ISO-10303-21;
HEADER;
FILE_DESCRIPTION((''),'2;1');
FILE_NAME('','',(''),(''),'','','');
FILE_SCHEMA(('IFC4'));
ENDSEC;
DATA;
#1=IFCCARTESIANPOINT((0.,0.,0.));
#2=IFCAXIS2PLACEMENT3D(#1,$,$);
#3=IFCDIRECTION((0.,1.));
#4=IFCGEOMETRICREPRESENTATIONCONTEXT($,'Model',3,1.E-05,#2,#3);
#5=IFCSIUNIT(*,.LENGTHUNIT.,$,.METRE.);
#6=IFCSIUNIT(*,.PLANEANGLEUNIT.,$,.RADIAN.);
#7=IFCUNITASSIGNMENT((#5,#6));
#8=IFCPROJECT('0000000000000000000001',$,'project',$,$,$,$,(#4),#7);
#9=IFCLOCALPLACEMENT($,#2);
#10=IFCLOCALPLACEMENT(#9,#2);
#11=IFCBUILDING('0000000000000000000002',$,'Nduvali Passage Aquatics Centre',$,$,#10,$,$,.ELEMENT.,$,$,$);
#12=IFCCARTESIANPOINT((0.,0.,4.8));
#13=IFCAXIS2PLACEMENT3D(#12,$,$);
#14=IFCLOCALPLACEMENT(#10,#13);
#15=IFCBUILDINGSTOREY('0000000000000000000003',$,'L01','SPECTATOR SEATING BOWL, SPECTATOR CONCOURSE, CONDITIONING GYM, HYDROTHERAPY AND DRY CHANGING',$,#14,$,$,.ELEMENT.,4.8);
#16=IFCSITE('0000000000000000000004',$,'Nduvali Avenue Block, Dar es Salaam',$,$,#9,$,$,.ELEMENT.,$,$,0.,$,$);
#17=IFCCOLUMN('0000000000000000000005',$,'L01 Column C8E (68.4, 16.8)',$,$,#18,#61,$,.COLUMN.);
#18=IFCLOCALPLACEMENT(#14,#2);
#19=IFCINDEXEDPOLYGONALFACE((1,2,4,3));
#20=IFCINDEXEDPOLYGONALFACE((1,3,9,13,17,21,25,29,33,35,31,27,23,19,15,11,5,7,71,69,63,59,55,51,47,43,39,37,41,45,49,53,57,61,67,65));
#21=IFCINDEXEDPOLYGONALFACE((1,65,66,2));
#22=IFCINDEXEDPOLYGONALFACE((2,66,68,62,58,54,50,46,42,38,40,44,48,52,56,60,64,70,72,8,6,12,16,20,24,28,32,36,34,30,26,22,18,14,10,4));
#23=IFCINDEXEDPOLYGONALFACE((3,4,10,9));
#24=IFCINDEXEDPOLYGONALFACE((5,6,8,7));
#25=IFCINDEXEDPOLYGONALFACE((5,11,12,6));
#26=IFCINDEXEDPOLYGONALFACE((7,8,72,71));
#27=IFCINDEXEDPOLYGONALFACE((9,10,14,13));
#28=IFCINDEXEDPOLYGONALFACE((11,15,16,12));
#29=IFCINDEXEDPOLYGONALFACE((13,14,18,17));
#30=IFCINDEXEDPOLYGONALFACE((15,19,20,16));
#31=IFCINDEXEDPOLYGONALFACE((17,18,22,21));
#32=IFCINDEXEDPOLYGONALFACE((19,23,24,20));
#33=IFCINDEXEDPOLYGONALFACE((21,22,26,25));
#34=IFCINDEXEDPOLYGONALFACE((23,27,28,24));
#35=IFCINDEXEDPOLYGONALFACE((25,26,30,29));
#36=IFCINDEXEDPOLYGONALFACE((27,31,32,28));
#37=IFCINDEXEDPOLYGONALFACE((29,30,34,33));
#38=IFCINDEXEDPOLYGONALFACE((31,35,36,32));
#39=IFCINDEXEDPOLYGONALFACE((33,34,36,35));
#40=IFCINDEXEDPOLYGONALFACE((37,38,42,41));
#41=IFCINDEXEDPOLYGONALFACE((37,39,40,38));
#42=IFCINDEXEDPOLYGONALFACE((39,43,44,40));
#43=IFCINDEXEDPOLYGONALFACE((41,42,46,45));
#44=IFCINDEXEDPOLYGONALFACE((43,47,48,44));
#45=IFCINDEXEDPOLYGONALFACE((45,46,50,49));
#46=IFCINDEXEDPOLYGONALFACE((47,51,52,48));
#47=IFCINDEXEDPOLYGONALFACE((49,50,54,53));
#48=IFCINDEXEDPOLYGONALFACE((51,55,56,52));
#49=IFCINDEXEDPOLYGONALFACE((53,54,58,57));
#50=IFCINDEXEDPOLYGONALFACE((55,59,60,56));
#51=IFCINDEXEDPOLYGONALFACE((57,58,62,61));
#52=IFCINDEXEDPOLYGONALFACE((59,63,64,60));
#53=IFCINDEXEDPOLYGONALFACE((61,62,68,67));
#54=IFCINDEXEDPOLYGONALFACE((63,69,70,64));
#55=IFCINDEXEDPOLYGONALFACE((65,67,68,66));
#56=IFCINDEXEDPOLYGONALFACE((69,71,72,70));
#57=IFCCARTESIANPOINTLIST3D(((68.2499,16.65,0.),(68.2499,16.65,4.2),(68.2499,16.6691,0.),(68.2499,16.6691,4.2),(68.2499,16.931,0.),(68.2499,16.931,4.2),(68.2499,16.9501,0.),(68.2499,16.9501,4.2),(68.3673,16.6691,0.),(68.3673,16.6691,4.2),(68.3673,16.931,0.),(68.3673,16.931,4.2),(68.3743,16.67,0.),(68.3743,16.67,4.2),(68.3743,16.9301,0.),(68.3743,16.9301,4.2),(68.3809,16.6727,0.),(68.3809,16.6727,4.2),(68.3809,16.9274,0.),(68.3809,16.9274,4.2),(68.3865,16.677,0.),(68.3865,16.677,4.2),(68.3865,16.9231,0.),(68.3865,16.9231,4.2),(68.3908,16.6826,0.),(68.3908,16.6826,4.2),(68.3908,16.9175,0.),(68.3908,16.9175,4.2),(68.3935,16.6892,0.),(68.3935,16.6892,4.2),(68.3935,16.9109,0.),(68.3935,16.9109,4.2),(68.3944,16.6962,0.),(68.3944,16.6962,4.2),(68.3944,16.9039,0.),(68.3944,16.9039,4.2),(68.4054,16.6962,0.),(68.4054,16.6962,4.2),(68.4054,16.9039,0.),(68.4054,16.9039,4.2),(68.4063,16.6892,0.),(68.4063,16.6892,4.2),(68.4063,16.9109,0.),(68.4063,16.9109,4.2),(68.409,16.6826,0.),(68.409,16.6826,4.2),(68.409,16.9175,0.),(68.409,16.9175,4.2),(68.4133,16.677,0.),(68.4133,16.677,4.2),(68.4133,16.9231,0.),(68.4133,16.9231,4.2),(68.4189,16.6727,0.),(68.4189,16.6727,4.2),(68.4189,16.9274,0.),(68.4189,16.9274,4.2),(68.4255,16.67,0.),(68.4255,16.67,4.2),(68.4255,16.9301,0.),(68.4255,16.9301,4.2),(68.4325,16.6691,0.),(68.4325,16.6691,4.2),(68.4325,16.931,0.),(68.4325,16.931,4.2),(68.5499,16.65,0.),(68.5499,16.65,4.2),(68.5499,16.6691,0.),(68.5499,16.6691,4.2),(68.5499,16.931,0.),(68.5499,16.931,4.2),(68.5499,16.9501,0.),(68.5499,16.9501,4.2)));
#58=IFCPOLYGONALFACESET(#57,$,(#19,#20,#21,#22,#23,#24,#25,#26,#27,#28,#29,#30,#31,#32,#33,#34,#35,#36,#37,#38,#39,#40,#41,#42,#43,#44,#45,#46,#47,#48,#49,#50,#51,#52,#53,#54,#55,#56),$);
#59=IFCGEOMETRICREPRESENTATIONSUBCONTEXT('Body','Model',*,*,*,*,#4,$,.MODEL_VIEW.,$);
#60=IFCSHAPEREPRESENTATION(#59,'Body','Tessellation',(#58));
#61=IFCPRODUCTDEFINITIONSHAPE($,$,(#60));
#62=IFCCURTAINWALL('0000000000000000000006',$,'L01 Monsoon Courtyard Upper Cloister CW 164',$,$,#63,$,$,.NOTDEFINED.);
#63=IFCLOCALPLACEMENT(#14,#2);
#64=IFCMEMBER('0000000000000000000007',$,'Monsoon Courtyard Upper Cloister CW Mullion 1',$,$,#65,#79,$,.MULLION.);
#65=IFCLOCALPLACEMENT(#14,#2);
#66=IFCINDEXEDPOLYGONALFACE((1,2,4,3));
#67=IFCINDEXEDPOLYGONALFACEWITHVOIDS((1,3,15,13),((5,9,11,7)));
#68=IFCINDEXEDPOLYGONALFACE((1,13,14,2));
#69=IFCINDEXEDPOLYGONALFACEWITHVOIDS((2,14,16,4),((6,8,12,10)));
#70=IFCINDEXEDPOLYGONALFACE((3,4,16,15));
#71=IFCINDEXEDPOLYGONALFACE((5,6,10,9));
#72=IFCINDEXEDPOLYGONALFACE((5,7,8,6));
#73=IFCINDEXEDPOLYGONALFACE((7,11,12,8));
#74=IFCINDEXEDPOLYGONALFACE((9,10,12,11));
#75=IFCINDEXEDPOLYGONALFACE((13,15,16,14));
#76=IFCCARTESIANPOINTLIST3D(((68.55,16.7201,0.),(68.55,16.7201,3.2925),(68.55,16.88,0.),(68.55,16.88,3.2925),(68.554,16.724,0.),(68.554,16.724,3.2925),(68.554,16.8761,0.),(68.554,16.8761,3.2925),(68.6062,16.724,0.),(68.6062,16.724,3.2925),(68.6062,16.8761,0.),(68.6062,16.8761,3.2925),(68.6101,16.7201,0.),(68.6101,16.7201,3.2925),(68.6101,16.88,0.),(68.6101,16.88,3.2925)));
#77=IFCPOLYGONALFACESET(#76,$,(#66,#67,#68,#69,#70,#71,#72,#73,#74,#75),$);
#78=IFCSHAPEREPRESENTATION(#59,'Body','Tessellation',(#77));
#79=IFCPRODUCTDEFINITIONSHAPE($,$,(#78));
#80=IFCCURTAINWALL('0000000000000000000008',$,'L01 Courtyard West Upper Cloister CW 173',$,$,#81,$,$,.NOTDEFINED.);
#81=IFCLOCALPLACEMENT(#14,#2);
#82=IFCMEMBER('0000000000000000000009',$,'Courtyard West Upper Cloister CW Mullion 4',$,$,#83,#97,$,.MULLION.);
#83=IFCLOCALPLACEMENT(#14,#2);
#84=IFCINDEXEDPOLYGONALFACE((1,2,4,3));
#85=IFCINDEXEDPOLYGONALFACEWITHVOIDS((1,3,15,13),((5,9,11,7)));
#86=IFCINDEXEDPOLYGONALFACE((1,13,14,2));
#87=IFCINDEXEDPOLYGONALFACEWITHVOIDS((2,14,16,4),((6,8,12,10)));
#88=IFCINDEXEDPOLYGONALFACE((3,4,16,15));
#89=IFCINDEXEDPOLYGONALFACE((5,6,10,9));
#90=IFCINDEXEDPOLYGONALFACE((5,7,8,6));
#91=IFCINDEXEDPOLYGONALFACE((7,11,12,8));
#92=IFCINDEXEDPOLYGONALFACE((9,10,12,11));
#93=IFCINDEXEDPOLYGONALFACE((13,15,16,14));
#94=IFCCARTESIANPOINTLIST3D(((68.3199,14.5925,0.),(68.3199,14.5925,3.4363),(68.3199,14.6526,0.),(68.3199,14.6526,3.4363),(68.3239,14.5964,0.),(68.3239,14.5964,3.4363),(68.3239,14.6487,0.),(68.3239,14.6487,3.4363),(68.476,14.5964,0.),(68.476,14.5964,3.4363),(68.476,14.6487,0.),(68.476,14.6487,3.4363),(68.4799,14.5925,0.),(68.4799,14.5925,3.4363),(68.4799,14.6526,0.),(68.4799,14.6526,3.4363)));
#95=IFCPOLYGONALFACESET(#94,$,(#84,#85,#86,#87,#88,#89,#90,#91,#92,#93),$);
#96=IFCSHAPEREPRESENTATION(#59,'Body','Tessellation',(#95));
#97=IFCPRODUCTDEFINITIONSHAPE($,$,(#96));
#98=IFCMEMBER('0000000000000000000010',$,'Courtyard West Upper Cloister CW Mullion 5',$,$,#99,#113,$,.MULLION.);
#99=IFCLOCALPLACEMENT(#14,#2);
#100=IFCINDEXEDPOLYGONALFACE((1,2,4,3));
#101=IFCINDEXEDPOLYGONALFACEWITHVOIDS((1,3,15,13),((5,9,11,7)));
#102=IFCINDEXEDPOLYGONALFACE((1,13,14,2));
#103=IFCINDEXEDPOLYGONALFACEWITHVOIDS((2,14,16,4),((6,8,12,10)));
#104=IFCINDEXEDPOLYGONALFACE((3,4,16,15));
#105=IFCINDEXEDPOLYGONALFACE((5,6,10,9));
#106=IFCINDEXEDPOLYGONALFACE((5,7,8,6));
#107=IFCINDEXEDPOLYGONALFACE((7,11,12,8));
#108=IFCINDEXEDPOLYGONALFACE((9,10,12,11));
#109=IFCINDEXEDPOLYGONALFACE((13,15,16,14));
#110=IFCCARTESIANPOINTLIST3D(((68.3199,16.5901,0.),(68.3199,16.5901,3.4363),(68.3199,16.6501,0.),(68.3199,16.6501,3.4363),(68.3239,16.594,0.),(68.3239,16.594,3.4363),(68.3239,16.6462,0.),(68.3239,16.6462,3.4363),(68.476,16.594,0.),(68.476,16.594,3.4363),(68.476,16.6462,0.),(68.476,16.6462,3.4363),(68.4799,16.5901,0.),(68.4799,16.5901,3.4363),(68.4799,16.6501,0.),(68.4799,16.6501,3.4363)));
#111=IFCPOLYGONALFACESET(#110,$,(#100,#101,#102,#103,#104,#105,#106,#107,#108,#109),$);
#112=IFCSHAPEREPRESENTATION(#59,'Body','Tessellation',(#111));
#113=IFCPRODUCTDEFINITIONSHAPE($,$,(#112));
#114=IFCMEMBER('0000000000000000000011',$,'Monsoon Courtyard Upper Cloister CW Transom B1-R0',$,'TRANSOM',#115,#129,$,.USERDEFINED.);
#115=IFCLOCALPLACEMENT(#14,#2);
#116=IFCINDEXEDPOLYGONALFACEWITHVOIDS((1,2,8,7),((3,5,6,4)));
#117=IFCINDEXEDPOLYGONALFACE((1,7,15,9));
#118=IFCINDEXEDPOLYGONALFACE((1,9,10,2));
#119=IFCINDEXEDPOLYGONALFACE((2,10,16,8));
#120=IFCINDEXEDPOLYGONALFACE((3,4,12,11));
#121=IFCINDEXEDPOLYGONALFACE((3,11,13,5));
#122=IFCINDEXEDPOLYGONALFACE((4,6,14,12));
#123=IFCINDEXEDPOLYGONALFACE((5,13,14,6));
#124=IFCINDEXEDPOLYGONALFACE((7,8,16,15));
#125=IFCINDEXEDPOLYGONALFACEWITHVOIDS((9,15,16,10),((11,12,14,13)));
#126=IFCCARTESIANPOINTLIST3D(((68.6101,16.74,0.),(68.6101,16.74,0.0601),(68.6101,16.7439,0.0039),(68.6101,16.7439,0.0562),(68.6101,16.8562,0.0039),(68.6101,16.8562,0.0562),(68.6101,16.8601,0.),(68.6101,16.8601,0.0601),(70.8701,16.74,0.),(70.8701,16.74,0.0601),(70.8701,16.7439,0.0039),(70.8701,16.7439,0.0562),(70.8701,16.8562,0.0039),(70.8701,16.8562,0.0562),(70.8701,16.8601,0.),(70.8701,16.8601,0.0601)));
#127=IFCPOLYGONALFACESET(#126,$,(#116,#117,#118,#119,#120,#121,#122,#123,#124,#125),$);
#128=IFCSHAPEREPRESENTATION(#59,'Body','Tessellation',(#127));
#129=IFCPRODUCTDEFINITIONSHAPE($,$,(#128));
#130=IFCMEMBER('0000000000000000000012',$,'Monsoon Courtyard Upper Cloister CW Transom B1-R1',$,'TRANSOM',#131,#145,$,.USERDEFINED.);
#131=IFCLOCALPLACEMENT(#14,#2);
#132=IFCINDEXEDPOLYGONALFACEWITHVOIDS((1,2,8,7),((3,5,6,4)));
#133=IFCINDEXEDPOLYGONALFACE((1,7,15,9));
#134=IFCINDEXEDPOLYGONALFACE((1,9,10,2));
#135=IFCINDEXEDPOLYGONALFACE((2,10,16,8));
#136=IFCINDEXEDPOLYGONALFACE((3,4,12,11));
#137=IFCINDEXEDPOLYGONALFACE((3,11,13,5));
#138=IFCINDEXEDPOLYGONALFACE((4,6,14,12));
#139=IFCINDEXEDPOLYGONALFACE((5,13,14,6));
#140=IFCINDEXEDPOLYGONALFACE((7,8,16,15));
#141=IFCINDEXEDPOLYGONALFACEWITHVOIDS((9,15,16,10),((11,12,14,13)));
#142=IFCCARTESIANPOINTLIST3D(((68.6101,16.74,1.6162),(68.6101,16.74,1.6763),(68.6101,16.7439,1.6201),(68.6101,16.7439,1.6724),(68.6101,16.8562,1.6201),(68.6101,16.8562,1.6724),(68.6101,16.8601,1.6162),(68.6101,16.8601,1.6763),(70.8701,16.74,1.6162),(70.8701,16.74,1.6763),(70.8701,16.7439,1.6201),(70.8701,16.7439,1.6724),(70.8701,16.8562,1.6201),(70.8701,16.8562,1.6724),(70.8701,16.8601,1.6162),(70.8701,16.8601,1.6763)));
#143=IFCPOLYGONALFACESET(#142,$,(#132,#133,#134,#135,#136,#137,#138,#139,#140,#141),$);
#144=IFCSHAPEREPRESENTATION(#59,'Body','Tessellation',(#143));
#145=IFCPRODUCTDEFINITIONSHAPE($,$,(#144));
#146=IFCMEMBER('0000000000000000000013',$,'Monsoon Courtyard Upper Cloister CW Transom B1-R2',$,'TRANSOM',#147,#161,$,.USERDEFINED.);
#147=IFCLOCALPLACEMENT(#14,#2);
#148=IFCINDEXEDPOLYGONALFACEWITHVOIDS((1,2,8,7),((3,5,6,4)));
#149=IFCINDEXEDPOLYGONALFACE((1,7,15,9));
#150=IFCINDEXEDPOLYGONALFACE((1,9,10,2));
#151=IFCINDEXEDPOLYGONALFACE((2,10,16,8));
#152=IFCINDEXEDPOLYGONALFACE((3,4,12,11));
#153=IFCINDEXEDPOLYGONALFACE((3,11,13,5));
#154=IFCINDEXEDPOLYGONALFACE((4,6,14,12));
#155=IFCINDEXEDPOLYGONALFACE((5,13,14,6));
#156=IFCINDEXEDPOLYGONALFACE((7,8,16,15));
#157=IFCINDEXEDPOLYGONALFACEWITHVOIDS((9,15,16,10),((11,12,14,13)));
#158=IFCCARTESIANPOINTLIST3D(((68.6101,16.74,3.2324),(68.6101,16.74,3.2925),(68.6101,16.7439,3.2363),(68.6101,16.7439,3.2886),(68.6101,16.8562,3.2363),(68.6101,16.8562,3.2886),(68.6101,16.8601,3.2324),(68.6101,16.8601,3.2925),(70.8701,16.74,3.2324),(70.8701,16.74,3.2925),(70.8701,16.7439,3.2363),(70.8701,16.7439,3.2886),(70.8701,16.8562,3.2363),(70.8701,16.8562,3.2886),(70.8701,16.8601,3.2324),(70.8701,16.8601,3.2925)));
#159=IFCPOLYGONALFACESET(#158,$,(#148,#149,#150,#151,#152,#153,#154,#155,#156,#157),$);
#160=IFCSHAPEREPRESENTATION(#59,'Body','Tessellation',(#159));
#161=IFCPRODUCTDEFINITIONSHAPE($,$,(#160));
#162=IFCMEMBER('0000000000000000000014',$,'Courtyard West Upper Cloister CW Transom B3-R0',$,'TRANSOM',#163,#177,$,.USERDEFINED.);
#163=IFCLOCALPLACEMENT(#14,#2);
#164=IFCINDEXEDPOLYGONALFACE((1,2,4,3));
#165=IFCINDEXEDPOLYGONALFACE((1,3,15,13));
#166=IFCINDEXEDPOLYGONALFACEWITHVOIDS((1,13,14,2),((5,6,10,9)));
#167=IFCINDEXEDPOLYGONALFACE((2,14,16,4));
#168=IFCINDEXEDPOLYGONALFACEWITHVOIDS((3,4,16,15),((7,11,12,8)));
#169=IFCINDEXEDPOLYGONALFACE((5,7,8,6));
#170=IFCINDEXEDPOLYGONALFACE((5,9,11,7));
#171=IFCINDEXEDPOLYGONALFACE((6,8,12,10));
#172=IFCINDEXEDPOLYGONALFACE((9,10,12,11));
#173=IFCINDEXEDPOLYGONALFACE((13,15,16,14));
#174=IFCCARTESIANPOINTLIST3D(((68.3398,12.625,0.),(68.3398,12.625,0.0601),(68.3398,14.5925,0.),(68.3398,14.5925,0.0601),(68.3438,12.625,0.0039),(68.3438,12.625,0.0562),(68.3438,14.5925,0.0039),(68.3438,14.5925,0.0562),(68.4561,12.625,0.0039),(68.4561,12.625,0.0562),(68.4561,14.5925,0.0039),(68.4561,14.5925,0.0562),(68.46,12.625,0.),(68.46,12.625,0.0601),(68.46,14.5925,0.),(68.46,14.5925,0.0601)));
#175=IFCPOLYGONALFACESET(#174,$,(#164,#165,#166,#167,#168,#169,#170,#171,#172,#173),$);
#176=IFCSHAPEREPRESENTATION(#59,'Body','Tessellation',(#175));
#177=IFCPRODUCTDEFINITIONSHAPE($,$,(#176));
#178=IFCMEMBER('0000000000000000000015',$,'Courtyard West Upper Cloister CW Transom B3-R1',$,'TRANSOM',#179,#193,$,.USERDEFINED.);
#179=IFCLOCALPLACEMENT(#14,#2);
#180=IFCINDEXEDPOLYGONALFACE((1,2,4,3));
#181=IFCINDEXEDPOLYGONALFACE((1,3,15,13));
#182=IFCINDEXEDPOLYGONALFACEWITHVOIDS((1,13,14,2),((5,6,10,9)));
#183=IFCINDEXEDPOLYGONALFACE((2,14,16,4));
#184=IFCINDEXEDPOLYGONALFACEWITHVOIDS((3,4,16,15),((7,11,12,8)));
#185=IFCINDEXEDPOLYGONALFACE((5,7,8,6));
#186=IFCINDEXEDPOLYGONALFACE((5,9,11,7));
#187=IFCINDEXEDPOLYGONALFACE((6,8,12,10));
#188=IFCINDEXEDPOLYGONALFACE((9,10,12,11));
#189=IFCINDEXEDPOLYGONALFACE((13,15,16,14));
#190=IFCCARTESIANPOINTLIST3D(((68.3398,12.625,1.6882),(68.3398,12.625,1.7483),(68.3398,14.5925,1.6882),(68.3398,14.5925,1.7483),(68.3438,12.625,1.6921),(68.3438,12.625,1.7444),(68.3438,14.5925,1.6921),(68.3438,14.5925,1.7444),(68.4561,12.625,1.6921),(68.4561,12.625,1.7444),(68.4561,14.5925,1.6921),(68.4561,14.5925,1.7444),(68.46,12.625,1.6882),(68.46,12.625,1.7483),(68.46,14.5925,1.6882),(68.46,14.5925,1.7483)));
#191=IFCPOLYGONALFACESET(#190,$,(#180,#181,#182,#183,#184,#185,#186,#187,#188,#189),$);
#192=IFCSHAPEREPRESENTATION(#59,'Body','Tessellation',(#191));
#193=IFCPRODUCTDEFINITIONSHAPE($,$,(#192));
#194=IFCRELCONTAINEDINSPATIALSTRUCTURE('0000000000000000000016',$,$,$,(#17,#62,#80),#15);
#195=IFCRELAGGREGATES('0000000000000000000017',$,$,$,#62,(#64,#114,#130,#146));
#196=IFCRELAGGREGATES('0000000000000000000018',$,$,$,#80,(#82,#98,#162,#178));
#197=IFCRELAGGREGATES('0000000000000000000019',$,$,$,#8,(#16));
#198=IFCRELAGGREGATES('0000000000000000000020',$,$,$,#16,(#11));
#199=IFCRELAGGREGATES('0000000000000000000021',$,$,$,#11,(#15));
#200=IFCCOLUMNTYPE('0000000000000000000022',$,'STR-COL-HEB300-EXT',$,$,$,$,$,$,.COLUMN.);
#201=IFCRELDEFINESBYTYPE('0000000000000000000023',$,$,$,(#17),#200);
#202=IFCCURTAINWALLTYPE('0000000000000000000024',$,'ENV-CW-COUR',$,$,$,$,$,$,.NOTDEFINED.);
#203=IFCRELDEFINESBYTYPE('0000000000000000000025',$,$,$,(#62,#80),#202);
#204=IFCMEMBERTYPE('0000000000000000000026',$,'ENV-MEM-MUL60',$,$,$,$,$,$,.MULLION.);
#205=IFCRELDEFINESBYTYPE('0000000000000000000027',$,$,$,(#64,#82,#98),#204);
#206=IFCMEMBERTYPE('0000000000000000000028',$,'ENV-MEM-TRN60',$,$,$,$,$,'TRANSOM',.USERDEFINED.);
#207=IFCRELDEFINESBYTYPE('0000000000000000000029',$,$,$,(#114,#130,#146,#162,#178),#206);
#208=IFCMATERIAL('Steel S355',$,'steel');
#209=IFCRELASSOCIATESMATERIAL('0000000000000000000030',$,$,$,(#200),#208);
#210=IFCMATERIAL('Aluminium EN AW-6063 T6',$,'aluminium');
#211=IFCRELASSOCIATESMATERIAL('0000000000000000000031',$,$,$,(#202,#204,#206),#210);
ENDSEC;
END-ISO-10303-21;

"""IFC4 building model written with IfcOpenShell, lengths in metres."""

from ifc_helpers import new_model, si_unit, direction, frame, origin, origin_2d, place, context, subcontext, project, spatial, hollow_rectangle, i_section, extrude, material, material_profile, profile_set, type_object, element, aggregate, save


model = new_model("IFC4")

# Units and contexts
model_context = context("Model", 3, precision=1e-05, world=origin(), true_north=direction((0.0, 1.0)))
body_context = subcontext(model_context, "Body", "Model", "MODEL_VIEW")
ifc_project = project(units=[si_unit("LENGTHUNIT", "METRE"), si_unit("PLANEANGLEUNIT", "RADIAN")], contexts=[model_context])

# Site, building, storey
site_placement = place(None, origin())
site = spatial("IfcSite", under=ifc_project, at=site_placement, Name="Nduvali Avenue Block, Dar es Salaam", CompositionType="ELEMENT", RefElevation=0.0)
building_placement = place(site_placement, origin())
building = spatial("IfcBuilding", under=site, at=building_placement, Name="Nduvali Passage Aquatics Centre", CompositionType="ELEMENT")
storey_placement = place(building_placement, frame((0.0, 0.0, 4.8)))
storey = spatial("IfcBuildingStorey", under=building, at=storey_placement, Name="L01", Description="SPECTATOR SEATING BOWL, SPECTATOR CONCOURSE, CONDITIONING GYM, HYDROTHERAPY AND DRY CHANGING", CompositionType="ELEMENT", Elevation=4.8)

# Column
ifc_material_1 = material(Name="Steel S355", Category="steel")
ifc_material_profile_1 = material_profile(ifc_material_1, i_section(OverallWidth=0.3, OverallDepth=0.3, WebThickness=0.011, FlangeThickness=0.019, FilletRadius=0.0271, at=origin_2d()), Name="HEB 300")
ifc_profile_set_1 = profile_set([ifc_material_profile_1], Name="Steel S355")
column_type = type_object("IfcColumnType", Name="STR-COL-HEB300-EXT", PredefinedType="COLUMN", material=ifc_profile_set_1)
column_placement = place(storey_placement, frame((68.3999, 16.8, 0.0), z_axis=(0.0, 0.0, 1.0), x_axis=(1.0, 0.0, 0.0)))
element("IfcColumn", 1, at=column_placement, inside=storey, type_object=column_type, Name="L01 Column C8E (68.4, 16.8)", PredefinedType="COLUMN", context=body_context, shape_type="SweptSolid", body=[
    extrude(i_section(OverallWidth=0.3, OverallDepth=0.3, WebThickness=0.011, FlangeThickness=0.019, FilletRadius=0.0271, at=origin_2d()), origin(), (0.0, 0.0, 1.0), 4.2),
])

# Curtain wall, member
ifc_material_2 = material(Name="Aluminium EN AW-6063 T6", Category="aluminium")
curtain_wall_type = type_object("IfcCurtainWallType", Name="ENV-CW-COUR", PredefinedType="NOTDEFINED", material=ifc_material_2)
curtain_wall_1_placement = place(storey_placement, origin())
curtain_wall_1 = element("IfcCurtainWall", 2, at=curtain_wall_1_placement, inside=storey, type_object=curtain_wall_type, Name="L01 Monsoon Courtyard Upper Cloister CW 164", PredefinedType="NOTDEFINED")
ifc_material_profile_2 = material_profile(ifc_material_2, hollow_rectangle(XDim=0.0601, YDim=0.1599, WallThickness=0.0039, at=origin_2d()), Name="ALU MULLION 60x160x4")
ifc_profile_set_2 = profile_set([ifc_material_profile_2], Name="Aluminium EN AW-6063 T6")
member_type_1 = type_object("IfcMemberType", Name="ENV-MEM-MUL60", PredefinedType="MULLION", material=ifc_profile_set_2)
member_1_placement = place(storey_placement, frame((68.5801, 16.8, 0.0), z_axis=(0.0, 0.0, 1.0), x_axis=(1.0, 0.0, 0.0)))
member_1 = element("IfcMember", 3, at=member_1_placement, type_object=member_type_1, Name="Monsoon Courtyard Upper Cloister CW Mullion 1", PredefinedType="MULLION", context=body_context, shape_type="SweptSolid", body=[
    extrude(hollow_rectangle(XDim=0.0601, YDim=0.1599, WallThickness=0.0039, at=origin_2d()), origin(), (0.0, 0.0, 1.0), 3.2925),
])

# Curtain wall, members
curtain_wall_2_placement = place(storey_placement, origin())
curtain_wall_2 = element("IfcCurtainWall", 4, at=curtain_wall_2_placement, inside=storey, type_object=curtain_wall_type, Name="L01 Courtyard West Upper Cloister CW 173", PredefinedType="NOTDEFINED")
member_2_placement = place(storey_placement, frame((68.3999, 14.6226, 0.0), z_axis=(0.0, 0.0, 1.0), x_axis=(0.0, 1.0, 0.0)))
member_2 = element("IfcMember", 5, at=member_2_placement, type_object=member_type_1, Name="Courtyard West Upper Cloister CW Mullion 4", PredefinedType="MULLION", context=body_context, shape_type="SweptSolid", body=[
    extrude(hollow_rectangle(XDim=0.0601, YDim=0.1599, WallThickness=0.0039, at=origin_2d()), origin(), (0.0, 0.0, 1.0), 3.4363),
])
member_3_placement = place(storey_placement, frame((68.3999, 16.6201, 0.0), z_axis=(0.0, 0.0, 1.0), x_axis=(0.0, 1.0, 0.0)))
member_3 = element("IfcMember", 6, at=member_3_placement, type_object=member_type_1, Name="Courtyard West Upper Cloister CW Mullion 5", PredefinedType="MULLION", context=body_context, shape_type="SweptSolid", body=[
    extrude(hollow_rectangle(XDim=0.0601, YDim=0.1599, WallThickness=0.0039, at=origin_2d()), origin(), (0.0, 0.0, 1.0), 3.4363),
])

# Members
ifc_material_profile_3 = material_profile(ifc_material_2, hollow_rectangle(XDim=0.1201, YDim=0.0601, WallThickness=0.0039, at=origin_2d()), Name="ALU TRANSOM 120x60x4")
ifc_profile_set_3 = profile_set([ifc_material_profile_3], Name="Aluminium EN AW-6063 T6")
member_type_2 = type_object("IfcMemberType", Name="ENV-MEM-TRN60", ElementType="TRANSOM", PredefinedType="USERDEFINED", material=ifc_profile_set_3)
member_4_placement = place(storey_placement, frame((68.6101, 16.8, 0.03), z_axis=(1.0, 0.0, 0.0), x_axis=(0.0, 1.0, 0.0)))
member_4 = element("IfcMember", 7, at=member_4_placement, type_object=member_type_2, Name="Monsoon Courtyard Upper Cloister CW Transom B1-R0", ObjectType="TRANSOM", PredefinedType="USERDEFINED", context=body_context, shape_type="SweptSolid", body=[
    extrude(hollow_rectangle(XDim=0.1201, YDim=0.0601, WallThickness=0.0039, at=origin_2d()), origin(), (0.0, 0.0, 1.0), 2.26),
])
member_5_placement = place(storey_placement, frame((68.6101, 16.8, 1.6462), z_axis=(1.0, 0.0, 0.0), x_axis=(0.0, 1.0, 0.0)))
member_5 = element("IfcMember", 8, at=member_5_placement, type_object=member_type_2, Name="Monsoon Courtyard Upper Cloister CW Transom B1-R1", ObjectType="TRANSOM", PredefinedType="USERDEFINED", context=body_context, shape_type="SweptSolid", body=[
    extrude(hollow_rectangle(XDim=0.1201, YDim=0.0601, WallThickness=0.0039, at=origin_2d()), origin(), (0.0, 0.0, 1.0), 2.26),
])
member_6_placement = place(storey_placement, frame((68.6101, 16.8, 3.2625), z_axis=(1.0, 0.0, 0.0), x_axis=(0.0, 1.0, 0.0)))
member_6 = element("IfcMember", 9, at=member_6_placement, type_object=member_type_2, Name="Monsoon Courtyard Upper Cloister CW Transom B1-R2", ObjectType="TRANSOM", PredefinedType="USERDEFINED", context=body_context, shape_type="SweptSolid", body=[
    extrude(hollow_rectangle(XDim=0.1201, YDim=0.0601, WallThickness=0.0039, at=origin_2d()), origin(), (0.0, 0.0, 1.0), 2.26),
])
member_7_placement = place(storey_placement, frame((68.3999, 12.625, 0.03), z_axis=(0.0, 1.0, 0.0), x_axis=(-1.0, 0.0, 0.0)))
member_7 = element("IfcMember", 10, at=member_7_placement, type_object=member_type_2, Name="Courtyard West Upper Cloister CW Transom B3-R0", ObjectType="TRANSOM", PredefinedType="USERDEFINED", context=body_context, shape_type="SweptSolid", body=[
    extrude(hollow_rectangle(XDim=0.1201, YDim=0.0601, WallThickness=0.0039, at=origin_2d()), origin(), (0.0, 0.0, 1.0), 1.9675),
])
member_8_placement = place(storey_placement, frame((68.3999, 12.625, 1.7183), z_axis=(0.0, 1.0, 0.0), x_axis=(-1.0, 0.0, 0.0)))
member_8 = element("IfcMember", 11, at=member_8_placement, type_object=member_type_2, Name="Courtyard West Upper Cloister CW Transom B3-R1", ObjectType="TRANSOM", PredefinedType="USERDEFINED", context=body_context, shape_type="SweptSolid", body=[
    extrude(hollow_rectangle(XDim=0.1201, YDim=0.0601, WallThickness=0.0039, at=origin_2d()), origin(), (0.0, 0.0, 1.0), 1.9675),
])

aggregate(curtain_wall_1, [member_1, member_4, member_5, member_6])
aggregate(curtain_wall_2, [member_2, member_3, member_7, member_8])

save(model, "model.ifc")
